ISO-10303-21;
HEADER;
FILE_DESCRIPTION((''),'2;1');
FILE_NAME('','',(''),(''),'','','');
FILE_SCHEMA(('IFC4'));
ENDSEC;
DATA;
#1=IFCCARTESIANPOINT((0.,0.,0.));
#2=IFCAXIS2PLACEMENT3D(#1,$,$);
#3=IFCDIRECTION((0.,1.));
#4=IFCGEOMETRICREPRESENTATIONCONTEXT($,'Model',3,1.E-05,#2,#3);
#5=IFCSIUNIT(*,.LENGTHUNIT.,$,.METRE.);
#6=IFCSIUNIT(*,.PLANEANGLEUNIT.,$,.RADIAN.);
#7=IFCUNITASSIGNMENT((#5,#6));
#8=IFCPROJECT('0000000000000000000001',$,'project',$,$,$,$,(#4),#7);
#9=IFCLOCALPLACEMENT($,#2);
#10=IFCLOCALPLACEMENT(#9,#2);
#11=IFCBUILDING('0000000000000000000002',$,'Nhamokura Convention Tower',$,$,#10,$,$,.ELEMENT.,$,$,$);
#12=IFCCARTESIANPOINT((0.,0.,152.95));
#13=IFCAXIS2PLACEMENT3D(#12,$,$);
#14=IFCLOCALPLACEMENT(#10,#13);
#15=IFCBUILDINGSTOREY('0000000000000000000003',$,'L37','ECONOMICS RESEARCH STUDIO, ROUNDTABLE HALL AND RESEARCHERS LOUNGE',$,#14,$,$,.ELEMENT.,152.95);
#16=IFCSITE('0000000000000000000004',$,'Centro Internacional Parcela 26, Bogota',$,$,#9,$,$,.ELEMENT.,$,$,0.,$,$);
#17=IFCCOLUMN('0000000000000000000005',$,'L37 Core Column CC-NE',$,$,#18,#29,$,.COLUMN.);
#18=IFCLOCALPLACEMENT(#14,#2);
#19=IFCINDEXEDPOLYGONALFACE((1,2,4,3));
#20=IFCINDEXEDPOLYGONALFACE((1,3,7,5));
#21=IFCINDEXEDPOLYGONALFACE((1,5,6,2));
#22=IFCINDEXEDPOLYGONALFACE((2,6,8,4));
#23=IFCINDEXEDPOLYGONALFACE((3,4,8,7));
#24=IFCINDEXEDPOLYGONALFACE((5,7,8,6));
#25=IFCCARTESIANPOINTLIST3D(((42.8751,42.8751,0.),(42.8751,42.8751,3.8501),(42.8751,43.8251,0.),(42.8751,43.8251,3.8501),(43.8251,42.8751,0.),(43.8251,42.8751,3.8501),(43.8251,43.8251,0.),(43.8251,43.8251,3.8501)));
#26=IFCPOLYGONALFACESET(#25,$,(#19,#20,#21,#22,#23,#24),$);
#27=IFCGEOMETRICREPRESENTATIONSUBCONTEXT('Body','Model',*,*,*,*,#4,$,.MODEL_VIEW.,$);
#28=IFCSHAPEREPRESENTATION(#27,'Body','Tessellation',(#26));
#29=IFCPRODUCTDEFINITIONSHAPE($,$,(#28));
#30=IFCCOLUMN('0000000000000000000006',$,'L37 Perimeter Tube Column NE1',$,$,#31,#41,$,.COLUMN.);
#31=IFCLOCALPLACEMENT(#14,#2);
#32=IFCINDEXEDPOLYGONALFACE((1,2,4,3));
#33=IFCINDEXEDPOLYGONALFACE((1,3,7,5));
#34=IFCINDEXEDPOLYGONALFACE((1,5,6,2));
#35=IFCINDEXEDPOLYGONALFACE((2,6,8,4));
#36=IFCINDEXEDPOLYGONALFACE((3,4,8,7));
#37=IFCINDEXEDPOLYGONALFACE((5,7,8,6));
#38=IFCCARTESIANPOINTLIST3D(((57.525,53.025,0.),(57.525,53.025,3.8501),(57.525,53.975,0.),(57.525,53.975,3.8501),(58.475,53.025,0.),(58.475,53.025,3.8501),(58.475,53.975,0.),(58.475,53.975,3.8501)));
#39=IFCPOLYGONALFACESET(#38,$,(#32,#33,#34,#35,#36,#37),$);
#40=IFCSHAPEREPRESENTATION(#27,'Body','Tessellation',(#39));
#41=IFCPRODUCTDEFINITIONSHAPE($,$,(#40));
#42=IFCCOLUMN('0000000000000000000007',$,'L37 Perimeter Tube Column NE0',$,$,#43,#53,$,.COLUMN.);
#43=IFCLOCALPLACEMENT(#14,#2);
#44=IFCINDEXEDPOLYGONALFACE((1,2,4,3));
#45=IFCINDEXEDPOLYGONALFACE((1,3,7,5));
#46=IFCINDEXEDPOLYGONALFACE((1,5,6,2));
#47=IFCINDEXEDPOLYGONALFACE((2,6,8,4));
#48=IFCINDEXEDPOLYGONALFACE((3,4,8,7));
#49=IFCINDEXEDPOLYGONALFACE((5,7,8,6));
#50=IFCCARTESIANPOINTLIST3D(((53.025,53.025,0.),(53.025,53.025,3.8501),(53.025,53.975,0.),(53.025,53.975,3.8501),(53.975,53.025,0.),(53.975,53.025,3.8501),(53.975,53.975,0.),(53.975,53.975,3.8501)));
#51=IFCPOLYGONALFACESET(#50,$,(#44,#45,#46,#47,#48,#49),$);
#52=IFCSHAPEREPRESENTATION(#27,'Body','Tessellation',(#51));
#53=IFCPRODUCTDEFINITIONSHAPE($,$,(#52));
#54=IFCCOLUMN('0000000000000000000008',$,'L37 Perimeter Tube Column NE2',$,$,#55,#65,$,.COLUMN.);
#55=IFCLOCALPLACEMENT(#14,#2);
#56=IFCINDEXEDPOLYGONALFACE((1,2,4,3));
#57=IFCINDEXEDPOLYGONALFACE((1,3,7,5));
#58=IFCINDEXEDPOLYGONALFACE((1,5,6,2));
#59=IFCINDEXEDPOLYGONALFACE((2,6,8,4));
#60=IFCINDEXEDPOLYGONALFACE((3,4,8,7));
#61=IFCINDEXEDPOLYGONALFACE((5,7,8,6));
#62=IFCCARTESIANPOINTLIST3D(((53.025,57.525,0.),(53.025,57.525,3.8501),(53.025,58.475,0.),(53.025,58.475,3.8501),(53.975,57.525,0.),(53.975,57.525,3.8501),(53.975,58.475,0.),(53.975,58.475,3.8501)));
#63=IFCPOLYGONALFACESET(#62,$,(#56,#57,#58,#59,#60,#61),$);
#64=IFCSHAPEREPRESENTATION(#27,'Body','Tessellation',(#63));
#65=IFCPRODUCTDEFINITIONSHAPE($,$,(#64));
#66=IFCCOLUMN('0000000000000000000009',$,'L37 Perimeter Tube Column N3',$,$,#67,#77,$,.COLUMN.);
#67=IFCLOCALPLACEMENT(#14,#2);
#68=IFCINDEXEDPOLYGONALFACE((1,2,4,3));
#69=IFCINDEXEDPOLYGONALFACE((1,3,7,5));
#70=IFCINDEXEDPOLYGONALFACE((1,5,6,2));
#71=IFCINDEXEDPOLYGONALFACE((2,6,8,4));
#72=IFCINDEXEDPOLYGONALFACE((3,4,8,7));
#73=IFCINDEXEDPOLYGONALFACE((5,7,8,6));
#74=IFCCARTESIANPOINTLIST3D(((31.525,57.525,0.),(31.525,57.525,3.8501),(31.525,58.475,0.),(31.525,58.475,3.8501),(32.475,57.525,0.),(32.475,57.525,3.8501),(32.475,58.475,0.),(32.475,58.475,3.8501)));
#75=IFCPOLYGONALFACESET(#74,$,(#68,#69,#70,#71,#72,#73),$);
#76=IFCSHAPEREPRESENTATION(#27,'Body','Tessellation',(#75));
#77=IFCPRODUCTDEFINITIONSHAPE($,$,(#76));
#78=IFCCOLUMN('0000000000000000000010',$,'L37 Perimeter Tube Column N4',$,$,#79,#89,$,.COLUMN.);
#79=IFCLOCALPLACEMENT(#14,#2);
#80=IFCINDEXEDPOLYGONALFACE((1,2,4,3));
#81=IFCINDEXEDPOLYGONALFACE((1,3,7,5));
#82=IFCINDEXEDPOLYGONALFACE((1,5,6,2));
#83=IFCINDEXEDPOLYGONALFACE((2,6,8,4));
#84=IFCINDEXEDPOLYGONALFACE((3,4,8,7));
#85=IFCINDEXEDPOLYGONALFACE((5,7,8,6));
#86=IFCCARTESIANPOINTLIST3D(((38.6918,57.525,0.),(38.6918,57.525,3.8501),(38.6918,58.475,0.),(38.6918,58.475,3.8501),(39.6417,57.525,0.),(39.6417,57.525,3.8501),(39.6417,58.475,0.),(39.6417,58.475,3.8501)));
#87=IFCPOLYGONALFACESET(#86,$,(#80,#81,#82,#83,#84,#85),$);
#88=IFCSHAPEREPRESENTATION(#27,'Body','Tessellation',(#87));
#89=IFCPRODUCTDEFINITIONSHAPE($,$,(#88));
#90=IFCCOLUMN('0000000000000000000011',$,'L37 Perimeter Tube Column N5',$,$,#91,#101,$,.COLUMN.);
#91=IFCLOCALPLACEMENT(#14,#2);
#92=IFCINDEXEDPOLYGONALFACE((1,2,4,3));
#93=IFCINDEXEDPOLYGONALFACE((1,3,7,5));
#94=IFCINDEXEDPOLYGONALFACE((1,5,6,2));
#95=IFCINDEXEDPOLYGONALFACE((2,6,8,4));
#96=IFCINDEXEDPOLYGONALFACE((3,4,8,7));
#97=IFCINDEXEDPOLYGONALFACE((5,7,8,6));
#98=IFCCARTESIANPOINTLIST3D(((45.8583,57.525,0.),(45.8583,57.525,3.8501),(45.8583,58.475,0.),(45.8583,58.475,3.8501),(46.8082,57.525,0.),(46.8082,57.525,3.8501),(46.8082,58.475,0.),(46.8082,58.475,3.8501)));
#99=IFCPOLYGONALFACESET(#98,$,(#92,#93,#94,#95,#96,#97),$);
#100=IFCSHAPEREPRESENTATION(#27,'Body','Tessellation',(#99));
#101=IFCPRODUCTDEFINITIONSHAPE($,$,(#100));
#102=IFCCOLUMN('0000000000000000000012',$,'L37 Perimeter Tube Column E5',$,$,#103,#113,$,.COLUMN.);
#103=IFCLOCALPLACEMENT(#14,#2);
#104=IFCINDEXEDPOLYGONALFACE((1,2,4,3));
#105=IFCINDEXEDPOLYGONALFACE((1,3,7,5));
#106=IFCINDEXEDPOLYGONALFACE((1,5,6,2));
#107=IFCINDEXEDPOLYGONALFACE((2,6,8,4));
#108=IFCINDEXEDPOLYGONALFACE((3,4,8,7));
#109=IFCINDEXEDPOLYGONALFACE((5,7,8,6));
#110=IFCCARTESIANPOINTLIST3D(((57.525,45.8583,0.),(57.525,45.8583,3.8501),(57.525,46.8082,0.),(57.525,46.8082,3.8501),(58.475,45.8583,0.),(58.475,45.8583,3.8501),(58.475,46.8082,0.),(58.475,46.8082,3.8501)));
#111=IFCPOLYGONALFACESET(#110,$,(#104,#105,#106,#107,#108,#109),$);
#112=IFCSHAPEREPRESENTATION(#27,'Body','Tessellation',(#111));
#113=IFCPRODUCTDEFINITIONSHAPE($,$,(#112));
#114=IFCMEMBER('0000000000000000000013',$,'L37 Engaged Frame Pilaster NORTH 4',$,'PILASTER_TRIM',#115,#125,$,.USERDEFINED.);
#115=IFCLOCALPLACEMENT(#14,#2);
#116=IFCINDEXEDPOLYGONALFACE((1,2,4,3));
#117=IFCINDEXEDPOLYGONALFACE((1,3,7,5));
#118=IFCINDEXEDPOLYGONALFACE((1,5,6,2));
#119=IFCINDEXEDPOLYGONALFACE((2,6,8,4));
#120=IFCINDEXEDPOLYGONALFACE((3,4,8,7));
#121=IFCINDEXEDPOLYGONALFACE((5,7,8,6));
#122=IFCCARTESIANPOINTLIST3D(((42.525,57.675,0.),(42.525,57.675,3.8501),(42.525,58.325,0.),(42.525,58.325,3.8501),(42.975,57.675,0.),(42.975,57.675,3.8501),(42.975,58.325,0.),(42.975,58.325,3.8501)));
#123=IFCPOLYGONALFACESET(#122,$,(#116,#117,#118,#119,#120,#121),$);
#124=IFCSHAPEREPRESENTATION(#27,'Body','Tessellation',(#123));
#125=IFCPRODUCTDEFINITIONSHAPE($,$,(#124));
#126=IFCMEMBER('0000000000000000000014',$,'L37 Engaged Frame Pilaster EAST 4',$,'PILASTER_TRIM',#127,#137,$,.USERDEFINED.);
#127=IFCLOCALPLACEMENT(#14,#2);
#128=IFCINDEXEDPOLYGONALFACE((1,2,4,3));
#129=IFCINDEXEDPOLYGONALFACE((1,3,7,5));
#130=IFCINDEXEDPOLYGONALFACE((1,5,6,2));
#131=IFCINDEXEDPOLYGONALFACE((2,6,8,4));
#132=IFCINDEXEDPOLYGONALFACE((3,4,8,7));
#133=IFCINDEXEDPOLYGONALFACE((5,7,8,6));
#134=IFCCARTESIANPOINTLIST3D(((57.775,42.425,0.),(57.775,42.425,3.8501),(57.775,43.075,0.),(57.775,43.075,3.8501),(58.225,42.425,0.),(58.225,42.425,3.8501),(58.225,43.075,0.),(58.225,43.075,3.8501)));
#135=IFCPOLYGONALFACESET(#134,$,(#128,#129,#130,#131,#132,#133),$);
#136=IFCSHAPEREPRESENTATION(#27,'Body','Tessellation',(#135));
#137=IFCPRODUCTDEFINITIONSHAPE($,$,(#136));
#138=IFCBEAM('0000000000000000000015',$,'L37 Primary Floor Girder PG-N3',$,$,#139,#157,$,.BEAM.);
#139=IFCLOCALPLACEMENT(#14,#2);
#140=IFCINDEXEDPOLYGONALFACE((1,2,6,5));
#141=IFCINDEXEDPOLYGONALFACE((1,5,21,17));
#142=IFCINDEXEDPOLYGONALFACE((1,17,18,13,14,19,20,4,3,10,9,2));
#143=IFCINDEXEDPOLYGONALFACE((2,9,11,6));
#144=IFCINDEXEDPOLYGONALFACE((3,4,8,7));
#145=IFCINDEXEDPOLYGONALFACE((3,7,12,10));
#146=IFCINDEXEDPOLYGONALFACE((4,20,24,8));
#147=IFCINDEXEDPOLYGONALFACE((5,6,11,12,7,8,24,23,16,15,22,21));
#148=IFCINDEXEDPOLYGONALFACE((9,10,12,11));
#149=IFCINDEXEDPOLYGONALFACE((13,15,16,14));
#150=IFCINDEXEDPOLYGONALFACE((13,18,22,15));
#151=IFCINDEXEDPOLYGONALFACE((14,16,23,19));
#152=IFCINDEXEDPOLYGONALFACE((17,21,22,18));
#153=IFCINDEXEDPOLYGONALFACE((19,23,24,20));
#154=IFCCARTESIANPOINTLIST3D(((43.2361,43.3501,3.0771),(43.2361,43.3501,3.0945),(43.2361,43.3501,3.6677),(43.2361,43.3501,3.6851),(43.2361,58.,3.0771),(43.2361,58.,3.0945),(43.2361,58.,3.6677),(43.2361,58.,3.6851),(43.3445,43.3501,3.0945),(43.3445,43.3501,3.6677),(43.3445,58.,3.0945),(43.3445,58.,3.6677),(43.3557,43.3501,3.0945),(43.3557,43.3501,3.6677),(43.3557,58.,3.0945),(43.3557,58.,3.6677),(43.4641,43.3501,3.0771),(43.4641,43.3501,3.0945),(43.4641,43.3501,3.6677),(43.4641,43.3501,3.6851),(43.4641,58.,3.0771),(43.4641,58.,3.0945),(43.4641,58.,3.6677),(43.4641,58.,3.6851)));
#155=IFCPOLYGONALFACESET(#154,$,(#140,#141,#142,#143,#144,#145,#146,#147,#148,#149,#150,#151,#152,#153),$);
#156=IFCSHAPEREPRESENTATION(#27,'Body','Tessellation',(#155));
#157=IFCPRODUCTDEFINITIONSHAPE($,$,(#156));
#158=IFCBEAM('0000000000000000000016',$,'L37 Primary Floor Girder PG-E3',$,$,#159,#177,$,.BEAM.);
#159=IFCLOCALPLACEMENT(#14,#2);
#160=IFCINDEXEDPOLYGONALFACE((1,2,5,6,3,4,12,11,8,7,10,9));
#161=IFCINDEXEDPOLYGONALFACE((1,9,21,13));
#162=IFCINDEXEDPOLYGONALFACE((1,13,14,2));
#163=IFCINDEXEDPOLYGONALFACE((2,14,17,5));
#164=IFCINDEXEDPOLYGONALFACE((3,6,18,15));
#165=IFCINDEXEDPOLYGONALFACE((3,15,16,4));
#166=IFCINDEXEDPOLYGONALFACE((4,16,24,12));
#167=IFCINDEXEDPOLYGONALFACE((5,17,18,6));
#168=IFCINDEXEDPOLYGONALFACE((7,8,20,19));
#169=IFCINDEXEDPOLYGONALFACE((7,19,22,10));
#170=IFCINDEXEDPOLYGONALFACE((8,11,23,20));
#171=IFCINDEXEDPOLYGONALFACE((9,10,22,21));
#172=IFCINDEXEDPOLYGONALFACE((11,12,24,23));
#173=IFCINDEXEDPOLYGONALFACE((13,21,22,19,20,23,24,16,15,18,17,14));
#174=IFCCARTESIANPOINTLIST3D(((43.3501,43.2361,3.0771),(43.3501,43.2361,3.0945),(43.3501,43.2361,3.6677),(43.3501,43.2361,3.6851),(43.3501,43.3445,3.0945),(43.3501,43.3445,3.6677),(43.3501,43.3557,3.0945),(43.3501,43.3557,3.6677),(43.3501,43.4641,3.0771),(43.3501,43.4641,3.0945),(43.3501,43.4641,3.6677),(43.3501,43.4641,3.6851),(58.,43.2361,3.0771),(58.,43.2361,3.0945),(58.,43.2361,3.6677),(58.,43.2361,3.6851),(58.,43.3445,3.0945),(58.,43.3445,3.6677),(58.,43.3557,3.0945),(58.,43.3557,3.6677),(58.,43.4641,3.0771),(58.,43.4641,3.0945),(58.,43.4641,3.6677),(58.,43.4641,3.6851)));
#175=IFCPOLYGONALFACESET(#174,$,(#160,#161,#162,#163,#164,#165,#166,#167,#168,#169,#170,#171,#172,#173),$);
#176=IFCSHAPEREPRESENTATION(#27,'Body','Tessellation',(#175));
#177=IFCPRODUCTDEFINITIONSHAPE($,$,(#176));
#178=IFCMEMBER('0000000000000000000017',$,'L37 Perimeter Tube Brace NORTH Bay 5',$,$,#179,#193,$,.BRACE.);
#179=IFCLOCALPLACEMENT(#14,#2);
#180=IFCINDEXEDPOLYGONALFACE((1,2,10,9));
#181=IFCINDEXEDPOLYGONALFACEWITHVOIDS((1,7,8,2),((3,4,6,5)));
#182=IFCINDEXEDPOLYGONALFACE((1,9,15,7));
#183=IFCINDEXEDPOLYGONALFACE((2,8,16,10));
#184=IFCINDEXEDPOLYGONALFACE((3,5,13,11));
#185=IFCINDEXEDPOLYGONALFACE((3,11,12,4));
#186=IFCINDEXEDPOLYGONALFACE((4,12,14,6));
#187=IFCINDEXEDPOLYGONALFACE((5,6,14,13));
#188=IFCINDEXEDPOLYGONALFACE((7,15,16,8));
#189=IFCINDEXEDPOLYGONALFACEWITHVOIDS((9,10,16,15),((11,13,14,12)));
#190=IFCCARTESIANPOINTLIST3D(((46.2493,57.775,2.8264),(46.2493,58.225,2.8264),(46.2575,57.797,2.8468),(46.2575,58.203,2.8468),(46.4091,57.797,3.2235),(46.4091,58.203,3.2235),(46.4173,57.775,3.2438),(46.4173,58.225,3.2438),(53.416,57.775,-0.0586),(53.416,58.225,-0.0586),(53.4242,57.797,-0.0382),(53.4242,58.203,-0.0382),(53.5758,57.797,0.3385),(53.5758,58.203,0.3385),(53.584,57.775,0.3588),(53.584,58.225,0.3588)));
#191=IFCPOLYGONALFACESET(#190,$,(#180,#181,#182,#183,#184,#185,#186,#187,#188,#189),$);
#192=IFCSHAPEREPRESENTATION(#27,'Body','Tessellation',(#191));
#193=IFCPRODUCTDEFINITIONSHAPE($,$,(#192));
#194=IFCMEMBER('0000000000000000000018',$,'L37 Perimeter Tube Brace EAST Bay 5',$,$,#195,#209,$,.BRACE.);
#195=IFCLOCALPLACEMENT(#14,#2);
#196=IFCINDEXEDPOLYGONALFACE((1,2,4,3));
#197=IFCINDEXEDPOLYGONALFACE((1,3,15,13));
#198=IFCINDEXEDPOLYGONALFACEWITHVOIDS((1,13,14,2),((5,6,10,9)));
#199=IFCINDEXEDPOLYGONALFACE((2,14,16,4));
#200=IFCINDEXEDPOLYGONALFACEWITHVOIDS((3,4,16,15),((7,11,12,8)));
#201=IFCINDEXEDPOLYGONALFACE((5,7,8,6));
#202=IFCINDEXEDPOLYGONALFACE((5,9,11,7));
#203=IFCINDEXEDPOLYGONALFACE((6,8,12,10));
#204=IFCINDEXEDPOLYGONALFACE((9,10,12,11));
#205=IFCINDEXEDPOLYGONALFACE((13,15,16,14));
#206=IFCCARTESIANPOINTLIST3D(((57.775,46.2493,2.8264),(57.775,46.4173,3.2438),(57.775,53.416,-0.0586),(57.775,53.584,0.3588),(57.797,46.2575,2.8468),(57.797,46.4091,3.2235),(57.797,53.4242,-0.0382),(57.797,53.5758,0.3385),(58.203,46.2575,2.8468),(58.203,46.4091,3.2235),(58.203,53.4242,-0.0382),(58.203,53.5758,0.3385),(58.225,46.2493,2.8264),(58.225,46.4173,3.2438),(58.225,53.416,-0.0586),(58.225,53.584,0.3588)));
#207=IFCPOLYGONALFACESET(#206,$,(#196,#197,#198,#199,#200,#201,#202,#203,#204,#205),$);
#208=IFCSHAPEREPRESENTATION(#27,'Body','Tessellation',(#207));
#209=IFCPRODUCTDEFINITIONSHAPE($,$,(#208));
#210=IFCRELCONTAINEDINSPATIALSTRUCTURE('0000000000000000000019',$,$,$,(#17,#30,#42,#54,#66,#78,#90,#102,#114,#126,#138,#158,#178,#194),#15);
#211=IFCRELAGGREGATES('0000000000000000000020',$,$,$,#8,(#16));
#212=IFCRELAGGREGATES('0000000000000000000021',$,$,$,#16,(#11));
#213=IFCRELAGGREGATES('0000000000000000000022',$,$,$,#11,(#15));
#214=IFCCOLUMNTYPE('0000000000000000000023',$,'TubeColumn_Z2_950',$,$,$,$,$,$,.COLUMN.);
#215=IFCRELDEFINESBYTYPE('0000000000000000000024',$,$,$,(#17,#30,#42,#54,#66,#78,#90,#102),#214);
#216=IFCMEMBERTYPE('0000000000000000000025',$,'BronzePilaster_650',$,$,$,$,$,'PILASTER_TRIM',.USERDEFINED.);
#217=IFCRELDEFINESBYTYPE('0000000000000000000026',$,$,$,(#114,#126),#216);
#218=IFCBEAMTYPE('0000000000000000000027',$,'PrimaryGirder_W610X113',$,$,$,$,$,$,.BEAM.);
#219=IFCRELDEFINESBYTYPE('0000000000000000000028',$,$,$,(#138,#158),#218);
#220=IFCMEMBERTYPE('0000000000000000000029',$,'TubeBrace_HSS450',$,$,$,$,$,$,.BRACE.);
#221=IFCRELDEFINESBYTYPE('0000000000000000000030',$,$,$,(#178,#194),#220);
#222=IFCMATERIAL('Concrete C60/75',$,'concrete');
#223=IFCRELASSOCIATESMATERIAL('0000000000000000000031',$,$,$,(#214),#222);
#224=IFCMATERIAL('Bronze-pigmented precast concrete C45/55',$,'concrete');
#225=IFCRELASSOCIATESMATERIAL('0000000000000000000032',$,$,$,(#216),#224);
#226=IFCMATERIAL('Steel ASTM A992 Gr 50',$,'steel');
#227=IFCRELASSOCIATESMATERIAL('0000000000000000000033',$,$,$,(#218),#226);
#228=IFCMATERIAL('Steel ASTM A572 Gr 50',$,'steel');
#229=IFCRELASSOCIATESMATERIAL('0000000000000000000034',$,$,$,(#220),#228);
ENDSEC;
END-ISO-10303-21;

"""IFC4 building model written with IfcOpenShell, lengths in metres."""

from ifc_helpers import new_model, si_unit, direction, frame, origin, origin_2d, place, context, subcontext, project, spatial, rectangle, hollow_rectangle, i_section, extrude, material, material_profile, profile_set, type_object, element, save


model = new_model("IFC4")

# Units and contexts
model_context = context("Model", 3, precision=1e-05, world=origin(), true_north=direction((0.0, 1.0)))
body_context = subcontext(model_context, "Body", "Model", "MODEL_VIEW")
ifc_project = project(units=[si_unit("LENGTHUNIT", "METRE"), si_unit("PLANEANGLEUNIT", "RADIAN")], contexts=[model_context])

# Site, building, storey
site_placement = place(None, origin())
site = spatial("IfcSite", under=ifc_project, at=site_placement, Name="Centro Internacional Parcela 26, Bogota", CompositionType="ELEMENT", RefElevation=0.0)
building_placement = place(site_placement, origin())
building = spatial("IfcBuilding", under=site, at=building_placement, Name="Nhamokura Convention Tower", CompositionType="ELEMENT")
storey_placement = place(building_placement, frame((0.0, 0.0, 152.95)))
storey = spatial("IfcBuildingStorey", under=building, at=storey_placement, Name="L37", Description="ECONOMICS RESEARCH STUDIO, ROUNDTABLE HALL AND RESEARCHERS LOUNGE", CompositionType="ELEMENT", Elevation=152.95)

# Columns
ifc_material_1 = material(Name="Concrete C60/75", Category="concrete")
ifc_material_profile_1 = material_profile(ifc_material_1, rectangle(XDim=0.95, YDim=0.95, at=origin_2d()))
ifc_profile_set_1 = profile_set([ifc_material_profile_1], Name="Concrete C60/75")
column_type = type_object("IfcColumnType", Name="TubeColumn_Z2_950", PredefinedType="COLUMN", material=ifc_profile_set_1)
for number, where, z_axis, x_axis, name in (
    (1, (43.3501, 43.3501, 0.0), (0.0, 0.0, 1.0), (1.0, 0.0, 0.0), "L37 Core Column CC-NE"),
    (2, (58.0, 53.5, 0.0), (0.0, 0.0, 1.0), (1.0, 0.0, 0.0), "L37 Perimeter Tube Column NE1"),
    (3, (53.5, 53.5, 0.0), (0.0, 0.0, 1.0), (1.0, 0.0, 0.0), "L37 Perimeter Tube Column NE0"),
    (4, (53.5, 58.0, 0.0), (0.0, 0.0, 1.0), (1.0, 0.0, 0.0), "L37 Perimeter Tube Column NE2"),
    (5, (32.0, 58.0, 0.0), (0.0, 0.0, 1.0), (1.0, 0.0, 0.0), "L37 Perimeter Tube Column N3"),
    (6, (39.1667, 58.0, 0.0), (0.0, 0.0, 1.0), (1.0, 0.0, 0.0), "L37 Perimeter Tube Column N4"),
    (7, (46.3333, 58.0, 0.0), (0.0, 0.0, 1.0), (1.0, 0.0, 0.0), "L37 Perimeter Tube Column N5"),
    (8, (58.0, 46.3333, 0.0), (0.0, 0.0, 1.0), (1.0, 0.0, 0.0), "L37 Perimeter Tube Column E5"),
):
    element("IfcColumn", number, at=place(storey_placement, frame(where, z_axis=z_axis, x_axis=x_axis)), inside=storey, type_object=column_type, Name=name, PredefinedType="COLUMN", context=body_context, shape_type="SweptSolid", body=[
        extrude(rectangle(XDim=0.95, YDim=0.95, at=origin_2d()), origin(), (0.0, 0.0, 1.0), 3.8501),
    ])

# Members
ifc_material_2 = material(Name="Bronze-pigmented precast concrete C45/55", Category="concrete")
ifc_material_profile_2 = material_profile(ifc_material_2, rectangle(XDim=0.45, YDim=0.6499, at=origin_2d()))
ifc_profile_set_2 = profile_set([ifc_material_profile_2], Name="Bronze-pigmented precast concrete C45/55")
member_type_1 = type_object("IfcMemberType", Name="BronzePilaster_650", ElementType="PILASTER_TRIM", PredefinedType="USERDEFINED", material=ifc_profile_set_2)
for number, where, z_axis, x_axis, name in (
    (9, (42.75, 58.0, 0.0), (0.0, 0.0, 1.0), (1.0, 0.0, 0.0), "L37 Engaged Frame Pilaster NORTH 4"),
    (10, (58.0, 42.75, 0.0), (0.0, 0.0, 1.0), (1.0, 0.0, 0.0), "L37 Engaged Frame Pilaster EAST 4"),
):
    element("IfcMember", number, at=place(storey_placement, frame(where, z_axis=z_axis, x_axis=x_axis)), inside=storey, type_object=member_type_1, Name=name, ObjectType="PILASTER_TRIM", PredefinedType="USERDEFINED", context=body_context, shape_type="SweptSolid", body=[
        extrude(rectangle(XDim=0.45, YDim=0.6499, at=origin_2d()), origin(), (0.0, 0.0, 1.0), 3.8501),
    ])

# Beams
ifc_material_3 = material(Name="Steel ASTM A992 Gr 50", Category="steel")
ifc_material_profile_3 = material_profile(ifc_material_3, i_section(OverallWidth=0.228, OverallDepth=0.6079, WebThickness=0.0112, FlangeThickness=0.0173, at=origin_2d()))
ifc_profile_set_3 = profile_set([ifc_material_profile_3], Name="Steel ASTM A992 Gr 50")
beam_type_1 = type_object("IfcBeamType", Name="PrimaryGirder_W610X113", PredefinedType="BEAM", material=ifc_profile_set_3)
for number, where, z_axis, x_axis, name in (
    (11, (43.3501, 43.3501, 3.3811), (0.0, 1.0, 0.0), (-1.0, 0.0, 0.0), "L37 Primary Floor Girder PG-N3"),
    (12, (43.3501, 43.3501, 3.3811), (1.0, 0.0, 0.0), (0.0, 1.0, 0.0), "L37 Primary Floor Girder PG-E3"),
):
    element("IfcBeam", number, at=place(storey_placement, frame(where, z_axis=z_axis, x_axis=x_axis)), inside=storey, type_object=beam_type_1, Name=name, PredefinedType="BEAM", context=body_context, shape_type="SweptSolid", body=[
        extrude(i_section(OverallWidth=0.228, OverallDepth=0.6079, WebThickness=0.0112, FlangeThickness=0.0173, at=origin_2d()), origin(), (0.0, 0.0, 1.0), 14.6499),
    ])

# Members
ifc_material_4 = material(Name="Steel ASTM A572 Gr 50", Category="steel")
ifc_material_profile_4 = material_profile(ifc_material_4, hollow_rectangle(XDim=0.45, YDim=0.45, WallThickness=0.022, at=origin_2d()))
ifc_profile_set_4 = profile_set([ifc_material_profile_4], Name="Steel ASTM A572 Gr 50")
member_type_2 = type_object("IfcMemberType", Name="TubeBrace_HSS450", PredefinedType="BRACE", material=ifc_profile_set_4)
for number, where, z_axis, x_axis, name in (
    (13, (53.5, 58.0, 0.1501), (-0.927657, 0.0, 0.373433), (0.0, -1.0, 0.0), "L37 Perimeter Tube Brace NORTH Bay 5"),
    (14, (58.0, 53.5, 0.1501), (0.0, -0.927657, 0.373433), (1.0, 0.0, 0.0), "L37 Perimeter Tube Brace EAST Bay 5"),
):
    element("IfcMember", number, at=place(storey_placement, frame(where, z_axis=z_axis, x_axis=x_axis)), inside=storey, type_object=member_type_2, Name=name, PredefinedType="BRACE", context=body_context, shape_type="SweptSolid", body=[
        extrude(hollow_rectangle(XDim=0.45, YDim=0.45, WallThickness=0.022, at=origin_2d()), origin(), (0.0, 0.0, 1.0), 7.7256),
    ])

save(model, "model.ifc")
